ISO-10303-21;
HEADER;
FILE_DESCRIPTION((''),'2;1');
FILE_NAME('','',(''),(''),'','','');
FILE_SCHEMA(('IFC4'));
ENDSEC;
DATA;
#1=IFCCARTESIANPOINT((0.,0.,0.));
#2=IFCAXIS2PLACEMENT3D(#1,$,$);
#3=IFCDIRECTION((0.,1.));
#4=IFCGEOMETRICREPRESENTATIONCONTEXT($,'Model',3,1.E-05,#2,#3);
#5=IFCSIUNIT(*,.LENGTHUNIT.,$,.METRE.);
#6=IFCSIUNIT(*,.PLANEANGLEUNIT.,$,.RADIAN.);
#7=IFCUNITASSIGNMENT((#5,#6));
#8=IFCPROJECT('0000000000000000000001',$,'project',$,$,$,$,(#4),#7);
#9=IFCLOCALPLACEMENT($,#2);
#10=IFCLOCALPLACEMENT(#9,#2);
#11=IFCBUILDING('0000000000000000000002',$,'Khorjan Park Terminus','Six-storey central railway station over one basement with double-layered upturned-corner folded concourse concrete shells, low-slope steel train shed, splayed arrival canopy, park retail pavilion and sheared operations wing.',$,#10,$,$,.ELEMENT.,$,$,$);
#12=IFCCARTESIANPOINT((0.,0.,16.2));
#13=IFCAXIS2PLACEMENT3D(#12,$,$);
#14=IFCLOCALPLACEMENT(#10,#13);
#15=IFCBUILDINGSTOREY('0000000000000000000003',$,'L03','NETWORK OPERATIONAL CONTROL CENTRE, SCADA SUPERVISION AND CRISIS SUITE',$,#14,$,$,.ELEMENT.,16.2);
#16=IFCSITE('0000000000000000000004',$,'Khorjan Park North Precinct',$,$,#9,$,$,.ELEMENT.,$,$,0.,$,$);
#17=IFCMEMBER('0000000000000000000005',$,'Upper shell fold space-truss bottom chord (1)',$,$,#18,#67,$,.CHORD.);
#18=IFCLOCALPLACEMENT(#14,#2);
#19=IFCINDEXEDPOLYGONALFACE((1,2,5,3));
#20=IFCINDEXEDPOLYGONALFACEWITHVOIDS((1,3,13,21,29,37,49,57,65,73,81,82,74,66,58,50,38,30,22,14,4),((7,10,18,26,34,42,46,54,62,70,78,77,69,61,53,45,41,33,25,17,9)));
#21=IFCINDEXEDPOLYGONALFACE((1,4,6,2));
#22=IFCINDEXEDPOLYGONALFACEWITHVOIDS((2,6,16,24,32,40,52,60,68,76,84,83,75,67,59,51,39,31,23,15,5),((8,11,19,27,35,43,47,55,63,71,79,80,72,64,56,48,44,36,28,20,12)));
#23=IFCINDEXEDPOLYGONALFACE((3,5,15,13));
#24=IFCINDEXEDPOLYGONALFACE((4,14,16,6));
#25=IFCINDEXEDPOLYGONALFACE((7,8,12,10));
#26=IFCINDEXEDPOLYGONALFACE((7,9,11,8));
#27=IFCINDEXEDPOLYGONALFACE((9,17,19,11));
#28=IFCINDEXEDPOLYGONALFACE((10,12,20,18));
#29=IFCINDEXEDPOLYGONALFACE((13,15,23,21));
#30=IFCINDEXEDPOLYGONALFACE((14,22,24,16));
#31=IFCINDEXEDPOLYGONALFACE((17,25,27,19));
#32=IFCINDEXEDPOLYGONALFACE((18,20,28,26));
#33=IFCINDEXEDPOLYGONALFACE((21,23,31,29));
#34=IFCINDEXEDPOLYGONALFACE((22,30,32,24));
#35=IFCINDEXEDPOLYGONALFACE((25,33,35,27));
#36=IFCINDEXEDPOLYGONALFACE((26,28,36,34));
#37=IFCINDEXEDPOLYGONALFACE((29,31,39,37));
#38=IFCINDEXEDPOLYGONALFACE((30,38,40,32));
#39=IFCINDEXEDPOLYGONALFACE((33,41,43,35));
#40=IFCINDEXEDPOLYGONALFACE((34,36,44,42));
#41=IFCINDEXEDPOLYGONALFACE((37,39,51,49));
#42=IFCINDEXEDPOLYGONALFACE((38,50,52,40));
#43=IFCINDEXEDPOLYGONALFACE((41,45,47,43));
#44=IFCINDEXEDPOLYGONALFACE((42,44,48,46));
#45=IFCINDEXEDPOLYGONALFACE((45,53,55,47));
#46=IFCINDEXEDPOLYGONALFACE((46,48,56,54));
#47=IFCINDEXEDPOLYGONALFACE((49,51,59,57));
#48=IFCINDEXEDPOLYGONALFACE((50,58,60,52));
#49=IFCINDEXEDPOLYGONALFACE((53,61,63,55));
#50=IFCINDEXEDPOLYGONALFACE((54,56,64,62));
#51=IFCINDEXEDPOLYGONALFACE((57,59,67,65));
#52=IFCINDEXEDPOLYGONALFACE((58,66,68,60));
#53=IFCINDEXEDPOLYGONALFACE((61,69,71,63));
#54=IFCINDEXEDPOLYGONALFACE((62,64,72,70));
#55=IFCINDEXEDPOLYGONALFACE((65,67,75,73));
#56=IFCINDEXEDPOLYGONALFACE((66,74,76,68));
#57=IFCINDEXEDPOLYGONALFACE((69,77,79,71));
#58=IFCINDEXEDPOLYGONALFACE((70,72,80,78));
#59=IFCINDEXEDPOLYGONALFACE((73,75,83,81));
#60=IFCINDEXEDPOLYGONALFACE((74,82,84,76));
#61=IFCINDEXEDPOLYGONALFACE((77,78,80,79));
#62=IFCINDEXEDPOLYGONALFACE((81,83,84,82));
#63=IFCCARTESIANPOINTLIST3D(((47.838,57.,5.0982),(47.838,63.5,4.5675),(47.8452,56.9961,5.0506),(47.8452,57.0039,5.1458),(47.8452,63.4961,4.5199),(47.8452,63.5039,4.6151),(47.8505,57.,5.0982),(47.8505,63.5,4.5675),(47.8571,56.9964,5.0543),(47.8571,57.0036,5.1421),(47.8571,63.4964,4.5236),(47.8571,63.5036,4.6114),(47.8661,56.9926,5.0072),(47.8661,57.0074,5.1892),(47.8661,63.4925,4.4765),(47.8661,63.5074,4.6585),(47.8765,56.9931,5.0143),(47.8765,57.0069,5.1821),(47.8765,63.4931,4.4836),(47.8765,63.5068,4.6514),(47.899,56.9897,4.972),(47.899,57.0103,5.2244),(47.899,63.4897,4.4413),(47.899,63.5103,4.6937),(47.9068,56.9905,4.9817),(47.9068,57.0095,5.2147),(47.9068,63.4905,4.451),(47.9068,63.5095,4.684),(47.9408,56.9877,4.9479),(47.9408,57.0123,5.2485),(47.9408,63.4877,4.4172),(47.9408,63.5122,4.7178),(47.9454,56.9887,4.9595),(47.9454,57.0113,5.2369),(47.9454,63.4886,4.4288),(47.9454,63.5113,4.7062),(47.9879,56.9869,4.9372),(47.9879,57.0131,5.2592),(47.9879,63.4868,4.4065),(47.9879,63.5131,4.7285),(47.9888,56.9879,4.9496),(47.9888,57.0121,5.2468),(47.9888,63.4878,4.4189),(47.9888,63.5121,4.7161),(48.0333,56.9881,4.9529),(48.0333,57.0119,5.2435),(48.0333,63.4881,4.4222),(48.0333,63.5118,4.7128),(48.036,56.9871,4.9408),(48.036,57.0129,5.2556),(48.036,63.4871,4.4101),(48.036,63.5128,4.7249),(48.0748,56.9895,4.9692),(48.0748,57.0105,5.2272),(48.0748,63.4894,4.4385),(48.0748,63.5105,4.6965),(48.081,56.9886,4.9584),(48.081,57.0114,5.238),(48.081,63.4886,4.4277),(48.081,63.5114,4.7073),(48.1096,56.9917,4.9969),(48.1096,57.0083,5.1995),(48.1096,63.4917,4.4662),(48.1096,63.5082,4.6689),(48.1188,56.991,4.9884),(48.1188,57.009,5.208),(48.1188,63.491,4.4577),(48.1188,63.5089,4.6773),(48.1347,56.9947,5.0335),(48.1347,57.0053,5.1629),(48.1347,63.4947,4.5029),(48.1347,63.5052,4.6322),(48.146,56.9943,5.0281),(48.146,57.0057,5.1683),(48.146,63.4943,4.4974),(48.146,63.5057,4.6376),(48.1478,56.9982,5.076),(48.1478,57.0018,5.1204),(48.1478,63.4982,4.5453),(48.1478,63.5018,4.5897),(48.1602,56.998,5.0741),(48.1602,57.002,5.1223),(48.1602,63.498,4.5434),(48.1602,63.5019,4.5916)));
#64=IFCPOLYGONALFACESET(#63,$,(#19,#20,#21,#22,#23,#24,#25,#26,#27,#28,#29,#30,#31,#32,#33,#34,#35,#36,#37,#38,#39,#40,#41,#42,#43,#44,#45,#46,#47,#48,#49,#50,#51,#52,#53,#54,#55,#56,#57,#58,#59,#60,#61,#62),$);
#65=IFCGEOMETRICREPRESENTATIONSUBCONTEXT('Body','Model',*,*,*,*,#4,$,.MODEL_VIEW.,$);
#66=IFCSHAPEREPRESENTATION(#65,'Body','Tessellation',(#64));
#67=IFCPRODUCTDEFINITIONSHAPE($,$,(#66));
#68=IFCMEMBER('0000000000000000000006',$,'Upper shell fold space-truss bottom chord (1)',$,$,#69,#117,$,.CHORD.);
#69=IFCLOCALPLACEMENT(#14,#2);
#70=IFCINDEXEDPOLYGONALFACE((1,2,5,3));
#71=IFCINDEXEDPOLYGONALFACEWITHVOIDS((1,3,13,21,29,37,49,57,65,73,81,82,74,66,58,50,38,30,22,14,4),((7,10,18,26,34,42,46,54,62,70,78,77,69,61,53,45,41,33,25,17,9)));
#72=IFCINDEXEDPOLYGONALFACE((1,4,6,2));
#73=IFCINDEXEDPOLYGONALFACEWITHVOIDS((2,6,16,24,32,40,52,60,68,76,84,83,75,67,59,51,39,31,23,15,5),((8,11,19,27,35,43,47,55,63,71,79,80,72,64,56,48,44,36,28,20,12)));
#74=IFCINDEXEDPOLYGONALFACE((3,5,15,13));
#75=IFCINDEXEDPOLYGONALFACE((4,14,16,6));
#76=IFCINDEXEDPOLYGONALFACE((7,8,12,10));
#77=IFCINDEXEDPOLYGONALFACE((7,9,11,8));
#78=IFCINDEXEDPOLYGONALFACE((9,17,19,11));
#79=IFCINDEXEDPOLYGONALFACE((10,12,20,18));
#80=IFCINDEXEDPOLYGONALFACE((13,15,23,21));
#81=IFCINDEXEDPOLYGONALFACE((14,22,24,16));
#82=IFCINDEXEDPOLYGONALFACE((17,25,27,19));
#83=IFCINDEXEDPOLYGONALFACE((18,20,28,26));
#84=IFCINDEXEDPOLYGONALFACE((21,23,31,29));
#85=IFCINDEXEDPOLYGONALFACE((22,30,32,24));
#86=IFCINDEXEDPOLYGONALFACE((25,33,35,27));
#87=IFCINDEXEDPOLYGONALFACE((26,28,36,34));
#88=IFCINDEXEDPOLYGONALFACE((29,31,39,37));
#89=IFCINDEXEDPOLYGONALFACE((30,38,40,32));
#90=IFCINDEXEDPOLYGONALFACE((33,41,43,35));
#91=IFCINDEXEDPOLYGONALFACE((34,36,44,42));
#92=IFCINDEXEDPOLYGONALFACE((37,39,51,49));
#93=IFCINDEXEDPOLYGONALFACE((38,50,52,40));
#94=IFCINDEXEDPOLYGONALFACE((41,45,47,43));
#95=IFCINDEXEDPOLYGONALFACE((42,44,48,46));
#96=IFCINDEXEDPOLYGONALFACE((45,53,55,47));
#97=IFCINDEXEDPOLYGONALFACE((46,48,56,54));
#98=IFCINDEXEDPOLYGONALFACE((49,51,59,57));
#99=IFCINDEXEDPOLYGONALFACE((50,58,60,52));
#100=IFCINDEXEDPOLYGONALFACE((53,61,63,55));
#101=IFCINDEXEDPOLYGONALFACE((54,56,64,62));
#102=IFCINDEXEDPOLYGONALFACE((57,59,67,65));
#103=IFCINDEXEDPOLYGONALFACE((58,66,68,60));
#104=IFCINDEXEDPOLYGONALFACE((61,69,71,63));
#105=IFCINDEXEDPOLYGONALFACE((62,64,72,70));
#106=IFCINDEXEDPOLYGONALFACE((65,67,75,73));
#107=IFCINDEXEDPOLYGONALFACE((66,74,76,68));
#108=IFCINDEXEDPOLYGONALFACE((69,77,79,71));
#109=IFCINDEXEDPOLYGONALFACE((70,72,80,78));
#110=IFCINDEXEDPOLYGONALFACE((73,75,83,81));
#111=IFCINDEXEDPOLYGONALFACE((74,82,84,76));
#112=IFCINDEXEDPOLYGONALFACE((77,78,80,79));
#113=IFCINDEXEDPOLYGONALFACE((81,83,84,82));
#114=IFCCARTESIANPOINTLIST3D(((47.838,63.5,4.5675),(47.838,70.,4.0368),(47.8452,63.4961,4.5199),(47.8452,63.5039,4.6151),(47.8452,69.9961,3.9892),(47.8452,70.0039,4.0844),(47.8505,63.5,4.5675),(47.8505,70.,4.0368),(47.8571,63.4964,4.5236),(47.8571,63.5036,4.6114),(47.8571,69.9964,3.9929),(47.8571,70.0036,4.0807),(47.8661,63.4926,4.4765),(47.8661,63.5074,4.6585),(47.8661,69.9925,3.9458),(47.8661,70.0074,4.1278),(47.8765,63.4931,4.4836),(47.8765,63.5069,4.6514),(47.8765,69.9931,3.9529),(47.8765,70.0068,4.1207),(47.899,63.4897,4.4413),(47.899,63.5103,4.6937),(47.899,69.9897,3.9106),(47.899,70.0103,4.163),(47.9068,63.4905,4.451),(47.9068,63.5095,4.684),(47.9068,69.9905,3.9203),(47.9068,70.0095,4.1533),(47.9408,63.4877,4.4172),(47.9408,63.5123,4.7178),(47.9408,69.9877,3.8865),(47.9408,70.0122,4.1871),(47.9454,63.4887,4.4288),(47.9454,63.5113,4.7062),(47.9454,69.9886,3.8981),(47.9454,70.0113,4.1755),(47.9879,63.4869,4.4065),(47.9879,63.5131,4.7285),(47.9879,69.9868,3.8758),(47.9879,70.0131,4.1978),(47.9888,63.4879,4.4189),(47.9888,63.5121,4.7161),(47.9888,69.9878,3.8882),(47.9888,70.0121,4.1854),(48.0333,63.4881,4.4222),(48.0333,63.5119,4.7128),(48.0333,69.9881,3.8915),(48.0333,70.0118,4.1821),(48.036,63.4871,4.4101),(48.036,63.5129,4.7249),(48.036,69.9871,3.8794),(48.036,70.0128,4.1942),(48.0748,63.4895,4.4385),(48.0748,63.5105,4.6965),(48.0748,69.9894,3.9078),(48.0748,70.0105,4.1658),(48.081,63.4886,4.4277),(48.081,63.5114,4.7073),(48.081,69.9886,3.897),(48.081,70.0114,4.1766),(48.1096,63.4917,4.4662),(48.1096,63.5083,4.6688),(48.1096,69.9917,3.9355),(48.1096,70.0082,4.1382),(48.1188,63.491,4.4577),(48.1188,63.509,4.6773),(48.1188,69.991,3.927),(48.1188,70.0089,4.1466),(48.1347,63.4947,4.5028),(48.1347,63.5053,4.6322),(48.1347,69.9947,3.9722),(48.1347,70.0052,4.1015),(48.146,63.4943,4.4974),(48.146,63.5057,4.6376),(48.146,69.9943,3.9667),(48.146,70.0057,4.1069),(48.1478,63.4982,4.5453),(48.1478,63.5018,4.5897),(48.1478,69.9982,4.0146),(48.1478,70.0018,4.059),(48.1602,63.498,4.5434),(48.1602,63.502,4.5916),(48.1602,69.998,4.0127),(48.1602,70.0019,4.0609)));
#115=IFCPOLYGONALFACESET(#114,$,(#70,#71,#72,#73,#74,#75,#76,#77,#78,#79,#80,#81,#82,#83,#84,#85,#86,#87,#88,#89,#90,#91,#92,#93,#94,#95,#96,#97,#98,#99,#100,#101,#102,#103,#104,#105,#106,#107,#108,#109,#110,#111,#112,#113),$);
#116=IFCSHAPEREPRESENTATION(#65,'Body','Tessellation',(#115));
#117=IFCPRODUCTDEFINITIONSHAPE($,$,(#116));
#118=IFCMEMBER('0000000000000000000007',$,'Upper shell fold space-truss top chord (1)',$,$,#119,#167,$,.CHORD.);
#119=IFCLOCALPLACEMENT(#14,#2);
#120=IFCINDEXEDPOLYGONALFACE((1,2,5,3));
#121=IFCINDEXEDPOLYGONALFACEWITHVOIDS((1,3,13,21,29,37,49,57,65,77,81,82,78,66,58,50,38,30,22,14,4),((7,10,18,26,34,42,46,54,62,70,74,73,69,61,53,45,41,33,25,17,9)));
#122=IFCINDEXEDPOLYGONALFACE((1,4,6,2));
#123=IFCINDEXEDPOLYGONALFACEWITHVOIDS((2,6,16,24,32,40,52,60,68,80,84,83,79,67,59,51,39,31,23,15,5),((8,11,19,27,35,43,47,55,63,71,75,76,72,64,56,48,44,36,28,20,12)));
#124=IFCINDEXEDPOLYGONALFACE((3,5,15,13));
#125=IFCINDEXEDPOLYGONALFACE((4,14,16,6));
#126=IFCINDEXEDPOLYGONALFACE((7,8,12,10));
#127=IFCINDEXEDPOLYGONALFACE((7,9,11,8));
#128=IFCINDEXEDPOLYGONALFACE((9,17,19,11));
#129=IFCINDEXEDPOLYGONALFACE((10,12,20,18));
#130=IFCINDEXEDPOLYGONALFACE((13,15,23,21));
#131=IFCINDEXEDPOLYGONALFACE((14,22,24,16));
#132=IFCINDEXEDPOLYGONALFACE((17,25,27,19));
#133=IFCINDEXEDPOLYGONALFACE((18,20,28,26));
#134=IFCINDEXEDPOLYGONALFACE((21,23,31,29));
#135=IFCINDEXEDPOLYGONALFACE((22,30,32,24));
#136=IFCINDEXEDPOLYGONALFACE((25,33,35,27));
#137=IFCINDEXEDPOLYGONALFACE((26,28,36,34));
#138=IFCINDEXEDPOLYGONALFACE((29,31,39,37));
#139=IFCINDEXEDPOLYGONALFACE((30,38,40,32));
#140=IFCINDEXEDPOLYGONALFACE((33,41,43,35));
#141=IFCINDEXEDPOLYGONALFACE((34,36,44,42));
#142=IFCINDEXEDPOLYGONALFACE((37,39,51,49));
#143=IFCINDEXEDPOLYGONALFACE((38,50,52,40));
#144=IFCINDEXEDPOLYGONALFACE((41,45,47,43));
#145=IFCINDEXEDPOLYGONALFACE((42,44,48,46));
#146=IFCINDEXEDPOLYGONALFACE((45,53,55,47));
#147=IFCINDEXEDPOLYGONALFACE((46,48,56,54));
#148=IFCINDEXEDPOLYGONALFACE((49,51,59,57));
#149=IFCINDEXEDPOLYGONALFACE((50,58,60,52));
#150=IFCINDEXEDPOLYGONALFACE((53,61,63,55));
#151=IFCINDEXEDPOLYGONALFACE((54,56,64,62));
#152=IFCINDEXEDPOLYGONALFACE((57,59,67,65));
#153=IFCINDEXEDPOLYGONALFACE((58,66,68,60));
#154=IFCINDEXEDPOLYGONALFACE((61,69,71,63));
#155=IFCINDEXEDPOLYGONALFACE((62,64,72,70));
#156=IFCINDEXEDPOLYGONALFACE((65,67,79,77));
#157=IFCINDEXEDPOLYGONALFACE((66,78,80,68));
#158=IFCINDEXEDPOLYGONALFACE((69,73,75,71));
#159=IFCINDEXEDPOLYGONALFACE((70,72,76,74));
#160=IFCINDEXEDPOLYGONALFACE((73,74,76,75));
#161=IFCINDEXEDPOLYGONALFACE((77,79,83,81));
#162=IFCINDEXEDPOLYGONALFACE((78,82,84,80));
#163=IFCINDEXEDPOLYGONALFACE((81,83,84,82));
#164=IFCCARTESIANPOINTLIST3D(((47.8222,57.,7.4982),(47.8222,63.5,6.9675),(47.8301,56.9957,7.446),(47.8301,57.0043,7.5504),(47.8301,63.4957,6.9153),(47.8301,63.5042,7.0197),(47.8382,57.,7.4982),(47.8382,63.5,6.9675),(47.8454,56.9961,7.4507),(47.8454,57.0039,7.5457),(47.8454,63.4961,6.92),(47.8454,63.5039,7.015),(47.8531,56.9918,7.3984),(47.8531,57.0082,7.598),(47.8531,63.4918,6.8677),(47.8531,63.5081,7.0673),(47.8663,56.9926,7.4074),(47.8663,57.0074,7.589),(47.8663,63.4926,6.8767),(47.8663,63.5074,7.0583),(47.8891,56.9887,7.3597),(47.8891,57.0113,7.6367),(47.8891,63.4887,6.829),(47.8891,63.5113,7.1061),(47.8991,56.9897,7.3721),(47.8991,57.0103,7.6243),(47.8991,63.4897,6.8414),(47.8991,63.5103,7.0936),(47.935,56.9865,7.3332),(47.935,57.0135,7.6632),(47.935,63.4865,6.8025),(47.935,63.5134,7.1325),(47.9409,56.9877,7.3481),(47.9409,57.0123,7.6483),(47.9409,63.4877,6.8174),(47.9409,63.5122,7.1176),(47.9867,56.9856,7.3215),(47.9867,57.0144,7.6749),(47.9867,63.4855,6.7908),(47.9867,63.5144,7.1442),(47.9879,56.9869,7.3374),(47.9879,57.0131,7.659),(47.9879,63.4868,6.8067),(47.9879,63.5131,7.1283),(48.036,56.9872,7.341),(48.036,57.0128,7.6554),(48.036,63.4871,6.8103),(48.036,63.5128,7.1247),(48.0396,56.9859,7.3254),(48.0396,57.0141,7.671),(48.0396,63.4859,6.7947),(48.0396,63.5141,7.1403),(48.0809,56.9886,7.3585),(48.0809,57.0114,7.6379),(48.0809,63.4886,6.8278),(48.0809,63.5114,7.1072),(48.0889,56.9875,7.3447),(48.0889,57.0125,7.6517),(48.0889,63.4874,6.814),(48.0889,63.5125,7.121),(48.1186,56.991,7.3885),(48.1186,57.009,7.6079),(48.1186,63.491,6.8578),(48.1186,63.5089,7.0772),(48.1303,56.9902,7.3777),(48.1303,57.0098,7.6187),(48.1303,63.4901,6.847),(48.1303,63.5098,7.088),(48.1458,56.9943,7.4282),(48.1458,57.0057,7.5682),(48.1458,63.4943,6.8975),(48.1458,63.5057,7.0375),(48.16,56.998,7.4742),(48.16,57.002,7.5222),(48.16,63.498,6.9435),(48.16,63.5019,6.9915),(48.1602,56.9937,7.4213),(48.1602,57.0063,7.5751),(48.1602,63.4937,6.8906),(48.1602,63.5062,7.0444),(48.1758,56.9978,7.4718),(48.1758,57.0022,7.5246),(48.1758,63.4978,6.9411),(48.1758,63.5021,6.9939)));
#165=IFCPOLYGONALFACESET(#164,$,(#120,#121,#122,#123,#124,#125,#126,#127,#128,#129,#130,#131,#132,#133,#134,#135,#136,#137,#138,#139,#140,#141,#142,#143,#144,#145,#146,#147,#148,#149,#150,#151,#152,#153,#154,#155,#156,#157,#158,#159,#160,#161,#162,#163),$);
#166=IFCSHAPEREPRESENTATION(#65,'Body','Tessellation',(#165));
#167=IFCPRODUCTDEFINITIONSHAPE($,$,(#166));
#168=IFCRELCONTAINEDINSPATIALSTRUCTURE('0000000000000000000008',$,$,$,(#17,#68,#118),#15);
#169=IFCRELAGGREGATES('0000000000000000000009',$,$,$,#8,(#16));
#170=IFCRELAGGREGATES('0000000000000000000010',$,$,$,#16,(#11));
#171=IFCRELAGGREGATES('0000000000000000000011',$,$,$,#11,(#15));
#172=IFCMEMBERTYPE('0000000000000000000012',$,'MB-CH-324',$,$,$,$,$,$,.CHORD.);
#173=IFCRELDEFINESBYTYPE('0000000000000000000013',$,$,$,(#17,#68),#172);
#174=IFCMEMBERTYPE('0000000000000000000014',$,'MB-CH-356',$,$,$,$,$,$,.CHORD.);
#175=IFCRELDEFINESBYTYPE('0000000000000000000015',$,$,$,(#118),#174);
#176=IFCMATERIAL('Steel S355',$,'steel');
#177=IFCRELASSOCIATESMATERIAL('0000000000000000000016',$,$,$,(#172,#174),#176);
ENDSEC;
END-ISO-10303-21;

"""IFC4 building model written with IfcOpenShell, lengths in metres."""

from ifc_helpers import new_model, si_unit, direction, frame, origin, origin_2d, place, context, subcontext, project, spatial, hollow_circle, extrude, material, material_profile, profile_set, type_object, element, save


model = new_model("IFC4")

# Units and contexts
model_context = context("Model", 3, precision=1e-05, world=origin(), true_north=direction((0.0, 1.0)))
body_context = subcontext(model_context, "Body", "Model", "MODEL_VIEW")
ifc_project = project(units=[si_unit("LENGTHUNIT", "METRE"), si_unit("PLANEANGLEUNIT", "RADIAN")], contexts=[model_context])

# Site, building, storey
site_placement = place(None, origin())
site = spatial("IfcSite", under=ifc_project, at=site_placement, Name="Khorjan Park North Precinct", CompositionType="ELEMENT", RefElevation=0.0)
building_placement = place(site_placement, origin())
building = spatial("IfcBuilding", under=site, at=building_placement, Name="Khorjan Park Terminus", Description="Six-storey central railway station over one basement with double-layered upturned-corner folded concourse concrete shells, low-slope steel train shed, splayed arrival canopy, park retail pavilion and sheared operations wing.", CompositionType="ELEMENT")
storey_placement = place(building_placement, frame((0.0, 0.0, 16.2)))
storey = spatial("IfcBuildingStorey", under=building, at=storey_placement, Name="L03", Description="NETWORK OPERATIONAL CONTROL CENTRE, SCADA SUPERVISION AND CRISIS SUITE", CompositionType="ELEMENT", Elevation=16.2)

# Members
ifc_material_1 = material(Name="Steel S355", Category="steel")
ifc_material_profile_1 = material_profile(ifc_material_1, hollow_circle(Radius=0.162, WallThickness=0.0125, at=origin_2d()), Name="CHS 323.9x12.5")
ifc_profile_set_1 = profile_set([ifc_material_profile_1], Name="Steel S355")
member_type_1 = type_object("IfcMemberType", Name="MB-CH-324", PredefinedType="CHORD", material=ifc_profile_set_1)
for number, where, z_axis, x_axis, name in (
    (1, (48.0, 57.0, 5.0982), (0.0, 0.996684, -0.081375), (-1.0, 0.0, 0.0), "Upper shell fold space-truss bottom chord (1)"),
    (2, (48.0, 63.5, 4.5675), (0.0, 0.996684, -0.081375), (-1.0, 0.0, 0.0), "Upper shell fold space-truss bottom chord (1)"),
):
    element("IfcMember", number, at=place(storey_placement, frame(where, z_axis=z_axis, x_axis=x_axis)), inside=storey, type_object=member_type_1, Name=name, PredefinedType="CHORD", context=body_context, shape_type="SweptSolid", body=[
        extrude(hollow_circle(Radius=0.162, WallThickness=0.0125, at=origin_2d()), origin(), (0.0, 0.0, 1.0), 6.5216),
    ])
ifc_material_profile_2 = material_profile(ifc_material_1, hollow_circle(Radius=0.1778, WallThickness=0.016, at=origin_2d()), Name="CHS 355.6x16")
ifc_profile_set_2 = profile_set([ifc_material_profile_2], Name="Steel S355")
member_type_2 = type_object("IfcMemberType", Name="MB-CH-356", PredefinedType="CHORD", material=ifc_profile_set_2)
for number, where, z_axis, x_axis, name in (
    (3, (48.0, 57.0, 7.4982), (0.0, 0.996684, -0.081375), (-1.0, 0.0, 0.0), "Upper shell fold space-truss top chord (1)"),
):
    element("IfcMember", number, at=place(storey_placement, frame(where, z_axis=z_axis, x_axis=x_axis)), inside=storey, type_object=member_type_2, Name=name, PredefinedType="CHORD", context=body_context, shape_type="SweptSolid", body=[
        extrude(hollow_circle(Radius=0.1778, WallThickness=0.016, at=origin_2d()), origin(), (0.0, 0.0, 1.0), 6.5216),
    ])

save(model, "model.ifc")
